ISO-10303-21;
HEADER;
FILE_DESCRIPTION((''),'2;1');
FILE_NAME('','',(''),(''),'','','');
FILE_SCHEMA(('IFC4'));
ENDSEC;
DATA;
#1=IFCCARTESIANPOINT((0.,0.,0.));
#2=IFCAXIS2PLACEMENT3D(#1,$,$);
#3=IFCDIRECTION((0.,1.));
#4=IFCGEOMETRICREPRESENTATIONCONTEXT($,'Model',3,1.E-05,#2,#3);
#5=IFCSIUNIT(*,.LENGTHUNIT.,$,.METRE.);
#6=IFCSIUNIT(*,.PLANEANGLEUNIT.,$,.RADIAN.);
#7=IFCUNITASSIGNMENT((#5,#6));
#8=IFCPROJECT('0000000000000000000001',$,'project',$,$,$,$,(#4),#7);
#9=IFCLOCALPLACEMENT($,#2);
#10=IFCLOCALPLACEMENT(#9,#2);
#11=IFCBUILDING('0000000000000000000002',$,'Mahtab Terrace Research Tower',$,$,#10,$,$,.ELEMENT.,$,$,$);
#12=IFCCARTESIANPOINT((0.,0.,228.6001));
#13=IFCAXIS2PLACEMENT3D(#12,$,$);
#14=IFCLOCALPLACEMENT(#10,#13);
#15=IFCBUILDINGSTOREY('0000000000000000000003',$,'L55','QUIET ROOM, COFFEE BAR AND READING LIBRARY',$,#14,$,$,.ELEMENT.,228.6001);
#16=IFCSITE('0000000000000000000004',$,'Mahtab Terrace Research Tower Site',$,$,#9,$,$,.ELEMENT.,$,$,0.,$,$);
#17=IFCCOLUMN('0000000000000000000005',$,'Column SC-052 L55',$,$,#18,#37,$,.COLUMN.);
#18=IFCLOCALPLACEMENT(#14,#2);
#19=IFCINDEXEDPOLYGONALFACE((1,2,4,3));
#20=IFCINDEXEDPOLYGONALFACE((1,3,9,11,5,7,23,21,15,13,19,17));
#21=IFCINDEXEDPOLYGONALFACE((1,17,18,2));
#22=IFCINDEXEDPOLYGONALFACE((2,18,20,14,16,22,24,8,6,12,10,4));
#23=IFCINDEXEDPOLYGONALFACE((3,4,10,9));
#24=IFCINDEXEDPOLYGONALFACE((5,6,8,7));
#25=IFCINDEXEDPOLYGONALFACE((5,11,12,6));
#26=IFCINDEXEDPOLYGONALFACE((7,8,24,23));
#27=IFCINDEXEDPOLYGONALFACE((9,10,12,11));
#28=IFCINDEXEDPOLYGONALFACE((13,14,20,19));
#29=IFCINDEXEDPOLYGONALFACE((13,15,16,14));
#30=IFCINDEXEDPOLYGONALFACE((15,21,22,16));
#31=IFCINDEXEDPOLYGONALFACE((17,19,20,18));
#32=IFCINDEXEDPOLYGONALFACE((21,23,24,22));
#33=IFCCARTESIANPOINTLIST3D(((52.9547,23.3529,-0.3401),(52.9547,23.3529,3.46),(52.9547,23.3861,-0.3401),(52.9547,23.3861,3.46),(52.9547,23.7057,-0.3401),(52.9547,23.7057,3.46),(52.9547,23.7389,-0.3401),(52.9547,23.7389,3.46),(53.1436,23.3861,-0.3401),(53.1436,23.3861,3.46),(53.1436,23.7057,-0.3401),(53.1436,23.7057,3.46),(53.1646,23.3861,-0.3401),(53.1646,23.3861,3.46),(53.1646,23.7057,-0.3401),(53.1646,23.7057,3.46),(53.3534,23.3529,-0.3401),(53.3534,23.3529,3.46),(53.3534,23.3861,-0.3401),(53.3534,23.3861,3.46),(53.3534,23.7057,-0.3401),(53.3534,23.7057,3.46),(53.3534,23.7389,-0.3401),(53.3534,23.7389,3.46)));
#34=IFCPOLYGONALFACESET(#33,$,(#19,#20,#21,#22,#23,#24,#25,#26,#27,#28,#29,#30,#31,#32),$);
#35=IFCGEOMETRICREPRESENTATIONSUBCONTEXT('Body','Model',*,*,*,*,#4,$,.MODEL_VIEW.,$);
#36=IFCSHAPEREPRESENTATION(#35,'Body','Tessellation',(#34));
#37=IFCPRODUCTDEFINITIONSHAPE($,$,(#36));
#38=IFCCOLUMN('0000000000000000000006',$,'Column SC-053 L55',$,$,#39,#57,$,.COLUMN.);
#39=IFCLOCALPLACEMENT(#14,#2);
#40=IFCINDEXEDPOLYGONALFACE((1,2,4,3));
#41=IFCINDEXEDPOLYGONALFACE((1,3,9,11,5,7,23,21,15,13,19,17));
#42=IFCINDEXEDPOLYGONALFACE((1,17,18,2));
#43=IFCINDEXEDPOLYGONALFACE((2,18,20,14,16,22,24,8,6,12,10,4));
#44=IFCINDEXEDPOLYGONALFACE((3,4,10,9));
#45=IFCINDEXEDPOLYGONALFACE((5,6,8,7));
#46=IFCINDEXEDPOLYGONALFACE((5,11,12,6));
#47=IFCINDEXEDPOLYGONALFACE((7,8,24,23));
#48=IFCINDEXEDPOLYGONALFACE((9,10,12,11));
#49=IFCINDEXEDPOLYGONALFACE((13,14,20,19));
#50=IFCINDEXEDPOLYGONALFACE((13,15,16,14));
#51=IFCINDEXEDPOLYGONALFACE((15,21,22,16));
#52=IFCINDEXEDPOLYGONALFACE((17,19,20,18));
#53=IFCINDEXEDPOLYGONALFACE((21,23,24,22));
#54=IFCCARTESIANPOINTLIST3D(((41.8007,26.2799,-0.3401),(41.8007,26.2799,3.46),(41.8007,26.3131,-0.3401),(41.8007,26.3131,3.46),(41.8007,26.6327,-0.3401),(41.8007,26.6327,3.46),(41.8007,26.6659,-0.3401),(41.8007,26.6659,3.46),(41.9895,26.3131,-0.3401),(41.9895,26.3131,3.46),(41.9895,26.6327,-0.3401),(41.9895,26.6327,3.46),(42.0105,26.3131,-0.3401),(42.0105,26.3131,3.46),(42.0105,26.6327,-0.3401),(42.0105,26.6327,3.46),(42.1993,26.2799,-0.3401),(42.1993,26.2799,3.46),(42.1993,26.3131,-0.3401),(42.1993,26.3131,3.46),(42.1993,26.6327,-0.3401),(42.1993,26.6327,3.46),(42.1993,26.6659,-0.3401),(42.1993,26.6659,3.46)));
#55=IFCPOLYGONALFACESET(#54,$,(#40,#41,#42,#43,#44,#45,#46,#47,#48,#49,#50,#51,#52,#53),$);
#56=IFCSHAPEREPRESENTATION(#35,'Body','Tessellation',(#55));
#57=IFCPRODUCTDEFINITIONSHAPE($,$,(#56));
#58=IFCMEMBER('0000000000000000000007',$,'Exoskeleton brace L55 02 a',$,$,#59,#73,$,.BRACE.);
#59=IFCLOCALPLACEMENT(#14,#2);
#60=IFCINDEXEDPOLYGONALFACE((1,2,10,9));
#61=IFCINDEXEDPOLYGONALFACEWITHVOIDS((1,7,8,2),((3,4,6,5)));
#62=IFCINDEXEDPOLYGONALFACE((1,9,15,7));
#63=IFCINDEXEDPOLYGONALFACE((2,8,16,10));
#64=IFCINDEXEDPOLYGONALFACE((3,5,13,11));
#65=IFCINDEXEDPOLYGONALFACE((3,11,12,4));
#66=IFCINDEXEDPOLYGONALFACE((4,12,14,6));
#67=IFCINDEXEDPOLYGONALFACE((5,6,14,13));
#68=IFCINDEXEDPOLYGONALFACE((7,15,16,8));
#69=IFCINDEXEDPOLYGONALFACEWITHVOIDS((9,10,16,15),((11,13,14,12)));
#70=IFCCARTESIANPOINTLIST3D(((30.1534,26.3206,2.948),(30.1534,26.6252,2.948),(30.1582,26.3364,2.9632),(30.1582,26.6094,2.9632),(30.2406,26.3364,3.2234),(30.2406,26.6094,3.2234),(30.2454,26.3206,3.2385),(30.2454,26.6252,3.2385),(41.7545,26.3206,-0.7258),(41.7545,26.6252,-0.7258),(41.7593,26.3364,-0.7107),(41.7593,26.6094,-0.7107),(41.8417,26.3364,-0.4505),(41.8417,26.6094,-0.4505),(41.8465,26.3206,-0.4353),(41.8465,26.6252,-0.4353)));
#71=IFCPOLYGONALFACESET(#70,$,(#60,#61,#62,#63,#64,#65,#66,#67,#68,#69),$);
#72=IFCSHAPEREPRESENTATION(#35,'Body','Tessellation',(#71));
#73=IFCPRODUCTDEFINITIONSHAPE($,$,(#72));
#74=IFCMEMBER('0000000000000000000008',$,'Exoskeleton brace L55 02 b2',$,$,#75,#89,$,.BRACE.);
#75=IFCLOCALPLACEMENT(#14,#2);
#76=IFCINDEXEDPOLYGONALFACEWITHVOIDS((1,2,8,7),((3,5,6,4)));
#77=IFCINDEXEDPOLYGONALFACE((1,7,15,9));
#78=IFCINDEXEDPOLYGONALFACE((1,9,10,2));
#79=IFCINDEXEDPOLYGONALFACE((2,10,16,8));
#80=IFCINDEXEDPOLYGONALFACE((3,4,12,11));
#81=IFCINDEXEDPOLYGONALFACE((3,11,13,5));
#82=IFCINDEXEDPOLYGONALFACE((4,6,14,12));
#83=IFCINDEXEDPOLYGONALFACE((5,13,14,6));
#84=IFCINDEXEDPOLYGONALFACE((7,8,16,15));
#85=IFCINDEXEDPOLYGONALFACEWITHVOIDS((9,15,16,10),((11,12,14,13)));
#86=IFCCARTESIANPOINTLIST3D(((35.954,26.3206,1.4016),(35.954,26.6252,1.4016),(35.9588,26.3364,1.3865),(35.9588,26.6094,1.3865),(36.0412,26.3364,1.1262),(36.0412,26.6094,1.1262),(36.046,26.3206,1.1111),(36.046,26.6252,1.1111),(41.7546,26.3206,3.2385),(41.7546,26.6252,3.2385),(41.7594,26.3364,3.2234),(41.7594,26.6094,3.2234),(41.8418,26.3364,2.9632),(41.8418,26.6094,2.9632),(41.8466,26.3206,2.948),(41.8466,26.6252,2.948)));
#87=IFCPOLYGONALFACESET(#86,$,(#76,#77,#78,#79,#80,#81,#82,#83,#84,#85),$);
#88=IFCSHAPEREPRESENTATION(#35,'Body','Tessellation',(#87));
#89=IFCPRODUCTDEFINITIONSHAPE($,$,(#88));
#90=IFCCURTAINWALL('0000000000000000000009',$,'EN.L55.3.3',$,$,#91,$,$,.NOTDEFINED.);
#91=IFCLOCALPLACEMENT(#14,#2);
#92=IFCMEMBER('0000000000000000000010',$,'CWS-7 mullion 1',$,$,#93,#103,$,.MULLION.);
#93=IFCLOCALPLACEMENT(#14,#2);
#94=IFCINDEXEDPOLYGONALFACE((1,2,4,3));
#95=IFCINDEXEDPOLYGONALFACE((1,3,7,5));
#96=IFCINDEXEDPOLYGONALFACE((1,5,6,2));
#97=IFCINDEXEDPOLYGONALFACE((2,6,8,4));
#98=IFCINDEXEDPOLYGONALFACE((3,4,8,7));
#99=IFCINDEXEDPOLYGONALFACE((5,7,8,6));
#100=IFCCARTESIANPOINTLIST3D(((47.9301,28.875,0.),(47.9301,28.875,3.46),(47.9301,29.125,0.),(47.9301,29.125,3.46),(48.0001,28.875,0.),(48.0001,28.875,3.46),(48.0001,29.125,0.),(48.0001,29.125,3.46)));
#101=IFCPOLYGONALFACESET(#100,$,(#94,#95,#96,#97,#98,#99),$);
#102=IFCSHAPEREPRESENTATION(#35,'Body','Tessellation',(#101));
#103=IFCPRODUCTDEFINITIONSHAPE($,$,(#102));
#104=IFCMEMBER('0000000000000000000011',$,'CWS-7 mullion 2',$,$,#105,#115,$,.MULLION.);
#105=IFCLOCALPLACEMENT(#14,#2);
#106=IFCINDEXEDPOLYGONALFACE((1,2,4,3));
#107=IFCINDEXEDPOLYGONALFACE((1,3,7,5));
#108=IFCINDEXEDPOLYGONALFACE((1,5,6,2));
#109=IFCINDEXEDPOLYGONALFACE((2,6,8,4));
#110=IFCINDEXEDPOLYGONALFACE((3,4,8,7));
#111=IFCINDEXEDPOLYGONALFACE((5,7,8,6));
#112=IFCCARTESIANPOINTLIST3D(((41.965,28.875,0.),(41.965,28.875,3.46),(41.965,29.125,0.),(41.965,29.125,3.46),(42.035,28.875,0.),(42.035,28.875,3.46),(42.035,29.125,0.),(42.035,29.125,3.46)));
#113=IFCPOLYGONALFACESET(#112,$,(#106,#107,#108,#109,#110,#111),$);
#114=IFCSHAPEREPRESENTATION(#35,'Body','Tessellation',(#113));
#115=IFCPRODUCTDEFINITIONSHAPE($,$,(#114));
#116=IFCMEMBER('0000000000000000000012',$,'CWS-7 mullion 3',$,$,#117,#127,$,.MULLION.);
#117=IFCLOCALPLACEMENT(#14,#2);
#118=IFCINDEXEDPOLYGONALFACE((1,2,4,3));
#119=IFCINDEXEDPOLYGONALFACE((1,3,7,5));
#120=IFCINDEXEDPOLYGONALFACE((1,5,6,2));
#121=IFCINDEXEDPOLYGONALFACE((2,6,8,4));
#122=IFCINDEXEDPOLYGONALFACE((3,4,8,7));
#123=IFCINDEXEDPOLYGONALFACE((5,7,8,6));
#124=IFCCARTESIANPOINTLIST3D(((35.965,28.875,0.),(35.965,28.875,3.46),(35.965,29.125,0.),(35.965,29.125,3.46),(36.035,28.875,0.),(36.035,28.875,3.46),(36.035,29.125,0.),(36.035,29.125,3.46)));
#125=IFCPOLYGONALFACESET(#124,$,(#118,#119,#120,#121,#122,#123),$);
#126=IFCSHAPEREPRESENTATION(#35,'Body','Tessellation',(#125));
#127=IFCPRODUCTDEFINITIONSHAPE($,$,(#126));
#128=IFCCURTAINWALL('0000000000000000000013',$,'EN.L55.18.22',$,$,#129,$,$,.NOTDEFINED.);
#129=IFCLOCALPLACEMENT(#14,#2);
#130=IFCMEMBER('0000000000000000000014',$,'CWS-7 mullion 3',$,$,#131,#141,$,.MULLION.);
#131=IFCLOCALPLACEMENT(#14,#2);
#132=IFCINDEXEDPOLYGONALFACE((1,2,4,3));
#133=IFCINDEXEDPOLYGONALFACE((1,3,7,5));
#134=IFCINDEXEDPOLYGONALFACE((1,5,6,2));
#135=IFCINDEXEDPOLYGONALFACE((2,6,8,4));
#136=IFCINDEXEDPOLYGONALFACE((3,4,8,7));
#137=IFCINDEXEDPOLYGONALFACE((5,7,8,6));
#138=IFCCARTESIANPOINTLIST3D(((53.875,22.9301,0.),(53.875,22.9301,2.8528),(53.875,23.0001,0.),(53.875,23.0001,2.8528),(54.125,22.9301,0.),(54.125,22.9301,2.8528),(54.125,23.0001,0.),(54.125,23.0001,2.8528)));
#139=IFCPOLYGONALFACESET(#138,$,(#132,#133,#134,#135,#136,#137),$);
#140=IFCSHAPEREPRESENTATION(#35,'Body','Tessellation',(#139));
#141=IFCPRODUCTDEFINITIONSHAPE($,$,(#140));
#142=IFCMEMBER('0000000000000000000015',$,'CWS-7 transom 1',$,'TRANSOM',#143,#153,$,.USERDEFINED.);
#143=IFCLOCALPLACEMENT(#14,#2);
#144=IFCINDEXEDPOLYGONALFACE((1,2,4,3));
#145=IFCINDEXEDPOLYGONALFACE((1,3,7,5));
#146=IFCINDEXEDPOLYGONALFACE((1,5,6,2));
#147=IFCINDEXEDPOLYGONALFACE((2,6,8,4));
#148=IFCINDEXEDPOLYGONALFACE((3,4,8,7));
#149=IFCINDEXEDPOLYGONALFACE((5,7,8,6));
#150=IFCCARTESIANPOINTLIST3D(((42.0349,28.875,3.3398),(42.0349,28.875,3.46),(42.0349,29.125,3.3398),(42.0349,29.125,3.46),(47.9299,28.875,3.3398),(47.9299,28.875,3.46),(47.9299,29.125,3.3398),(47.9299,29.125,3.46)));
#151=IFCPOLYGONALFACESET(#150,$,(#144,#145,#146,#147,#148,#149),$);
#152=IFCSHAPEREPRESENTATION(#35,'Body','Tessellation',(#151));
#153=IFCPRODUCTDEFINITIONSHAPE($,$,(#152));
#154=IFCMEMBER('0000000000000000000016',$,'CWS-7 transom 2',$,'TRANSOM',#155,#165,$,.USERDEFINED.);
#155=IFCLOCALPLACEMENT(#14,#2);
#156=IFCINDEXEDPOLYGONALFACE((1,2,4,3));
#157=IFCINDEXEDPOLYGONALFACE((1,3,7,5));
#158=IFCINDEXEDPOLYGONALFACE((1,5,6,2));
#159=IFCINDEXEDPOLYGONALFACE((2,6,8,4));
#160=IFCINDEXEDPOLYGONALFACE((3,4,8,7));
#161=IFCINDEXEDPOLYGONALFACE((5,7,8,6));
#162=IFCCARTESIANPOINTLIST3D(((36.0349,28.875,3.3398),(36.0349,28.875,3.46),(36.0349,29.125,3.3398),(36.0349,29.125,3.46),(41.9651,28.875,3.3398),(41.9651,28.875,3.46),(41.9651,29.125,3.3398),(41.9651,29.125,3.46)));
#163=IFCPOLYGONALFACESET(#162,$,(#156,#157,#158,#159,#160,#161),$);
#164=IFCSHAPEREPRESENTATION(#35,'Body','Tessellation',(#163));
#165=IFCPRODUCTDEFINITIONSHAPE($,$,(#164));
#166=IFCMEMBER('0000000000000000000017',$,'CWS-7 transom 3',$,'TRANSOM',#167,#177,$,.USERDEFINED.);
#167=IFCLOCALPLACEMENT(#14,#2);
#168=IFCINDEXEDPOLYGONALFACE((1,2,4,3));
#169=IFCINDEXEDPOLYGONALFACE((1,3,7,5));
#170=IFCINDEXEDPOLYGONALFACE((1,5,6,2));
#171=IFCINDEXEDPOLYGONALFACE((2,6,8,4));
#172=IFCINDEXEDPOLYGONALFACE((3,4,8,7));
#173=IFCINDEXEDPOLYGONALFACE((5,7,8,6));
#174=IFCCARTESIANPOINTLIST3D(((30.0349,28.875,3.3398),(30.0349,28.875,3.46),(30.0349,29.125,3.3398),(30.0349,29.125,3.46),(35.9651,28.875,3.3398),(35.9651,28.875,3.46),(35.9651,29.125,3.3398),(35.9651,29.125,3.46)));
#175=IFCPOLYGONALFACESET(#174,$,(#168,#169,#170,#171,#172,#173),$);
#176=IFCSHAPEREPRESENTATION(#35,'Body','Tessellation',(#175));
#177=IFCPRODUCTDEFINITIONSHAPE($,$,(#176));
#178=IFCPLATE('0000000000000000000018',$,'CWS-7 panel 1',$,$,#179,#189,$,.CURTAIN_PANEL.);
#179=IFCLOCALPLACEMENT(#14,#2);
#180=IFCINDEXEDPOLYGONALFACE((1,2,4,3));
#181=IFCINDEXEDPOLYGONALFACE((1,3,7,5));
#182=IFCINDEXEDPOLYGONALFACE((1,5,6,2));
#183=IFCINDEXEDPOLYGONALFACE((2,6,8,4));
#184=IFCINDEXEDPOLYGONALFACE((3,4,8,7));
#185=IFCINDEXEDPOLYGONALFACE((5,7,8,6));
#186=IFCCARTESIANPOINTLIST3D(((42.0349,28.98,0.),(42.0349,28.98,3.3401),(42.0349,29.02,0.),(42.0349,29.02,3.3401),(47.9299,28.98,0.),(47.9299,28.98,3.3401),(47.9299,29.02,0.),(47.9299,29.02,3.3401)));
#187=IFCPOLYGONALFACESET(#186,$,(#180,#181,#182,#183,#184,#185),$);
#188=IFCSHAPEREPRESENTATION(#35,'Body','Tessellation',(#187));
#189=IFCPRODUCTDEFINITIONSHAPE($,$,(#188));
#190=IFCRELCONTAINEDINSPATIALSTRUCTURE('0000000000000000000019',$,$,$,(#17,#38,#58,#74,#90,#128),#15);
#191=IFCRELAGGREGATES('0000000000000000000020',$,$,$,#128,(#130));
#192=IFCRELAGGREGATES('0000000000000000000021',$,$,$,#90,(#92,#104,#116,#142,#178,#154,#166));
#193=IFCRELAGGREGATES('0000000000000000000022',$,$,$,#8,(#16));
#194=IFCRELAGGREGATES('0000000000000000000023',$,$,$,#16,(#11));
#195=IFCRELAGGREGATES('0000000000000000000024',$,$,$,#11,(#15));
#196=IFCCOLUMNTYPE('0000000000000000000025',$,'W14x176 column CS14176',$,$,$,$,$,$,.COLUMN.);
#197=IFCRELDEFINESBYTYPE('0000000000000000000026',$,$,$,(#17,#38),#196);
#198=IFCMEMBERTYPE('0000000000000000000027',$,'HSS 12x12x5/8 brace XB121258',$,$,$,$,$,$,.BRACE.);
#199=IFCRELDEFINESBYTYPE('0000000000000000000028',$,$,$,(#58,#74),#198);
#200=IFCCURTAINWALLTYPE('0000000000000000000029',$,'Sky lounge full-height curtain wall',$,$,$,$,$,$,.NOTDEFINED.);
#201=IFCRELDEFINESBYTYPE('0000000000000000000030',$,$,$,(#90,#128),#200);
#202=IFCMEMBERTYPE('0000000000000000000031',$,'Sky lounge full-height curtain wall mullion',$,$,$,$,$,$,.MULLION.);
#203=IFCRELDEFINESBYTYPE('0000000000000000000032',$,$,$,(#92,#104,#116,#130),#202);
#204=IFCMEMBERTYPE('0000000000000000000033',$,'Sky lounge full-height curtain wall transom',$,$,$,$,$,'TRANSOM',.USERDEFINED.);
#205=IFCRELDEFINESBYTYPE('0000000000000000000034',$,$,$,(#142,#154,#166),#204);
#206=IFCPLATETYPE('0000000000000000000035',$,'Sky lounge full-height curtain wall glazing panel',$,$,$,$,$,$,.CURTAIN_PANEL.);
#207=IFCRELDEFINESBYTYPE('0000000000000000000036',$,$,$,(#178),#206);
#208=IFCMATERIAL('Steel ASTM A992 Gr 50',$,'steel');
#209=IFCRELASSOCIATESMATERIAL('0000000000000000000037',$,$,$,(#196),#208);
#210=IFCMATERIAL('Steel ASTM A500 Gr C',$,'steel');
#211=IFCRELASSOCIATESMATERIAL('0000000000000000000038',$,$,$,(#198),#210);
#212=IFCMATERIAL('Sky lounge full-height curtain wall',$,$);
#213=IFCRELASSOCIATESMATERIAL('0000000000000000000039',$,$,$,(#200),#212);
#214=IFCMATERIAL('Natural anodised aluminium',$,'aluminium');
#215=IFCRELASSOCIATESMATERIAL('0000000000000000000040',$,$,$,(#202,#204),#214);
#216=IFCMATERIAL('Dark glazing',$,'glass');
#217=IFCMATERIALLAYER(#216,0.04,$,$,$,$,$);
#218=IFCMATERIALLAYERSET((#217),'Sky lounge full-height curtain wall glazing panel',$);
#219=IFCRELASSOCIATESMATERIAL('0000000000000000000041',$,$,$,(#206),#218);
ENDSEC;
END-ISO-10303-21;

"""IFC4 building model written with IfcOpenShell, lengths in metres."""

from ifc_helpers import new_model, si_unit, direction, frame, origin, origin_2d, place, context, subcontext, project, spatial, rectangle, hollow_rectangle, i_section, extrude, material, layer, layer_set, material_profile, profile_set, type_object, element, aggregate, save


model = new_model("IFC4")

# Units and contexts
model_context = context("Model", 3, precision=1e-05, world=origin(), true_north=direction((0.0, 1.0)))
body_context = subcontext(model_context, "Body", "Model", "MODEL_VIEW")
ifc_project = project(units=[si_unit("LENGTHUNIT", "METRE"), si_unit("PLANEANGLEUNIT", "RADIAN")], contexts=[model_context])

# Site, building, storey
site_placement = place(None, origin())
site = spatial("IfcSite", under=ifc_project, at=site_placement, Name="Mahtab Terrace Research Tower Site", CompositionType="ELEMENT", RefElevation=0.0)
building_placement = place(site_placement, origin())
building = spatial("IfcBuilding", under=site, at=building_placement, Name="Mahtab Terrace Research Tower", CompositionType="ELEMENT")
storey_placement = place(building_placement, frame((0.0, 0.0, 228.6001)))
storey = spatial("IfcBuildingStorey", under=building, at=storey_placement, Name="L55", Description="QUIET ROOM, COFFEE BAR AND READING LIBRARY", CompositionType="ELEMENT", Elevation=228.6001)

# Columns
ifc_material_1 = material(Name="Steel ASTM A992 Gr 50", Category="steel")
ifc_material_profile_1 = material_profile(ifc_material_1, i_section(OverallWidth=0.3987, OverallDepth=0.386, WebThickness=0.021, FlangeThickness=0.0332, at=origin_2d()), Name="W14X176")
ifc_profile_set_1 = profile_set([ifc_material_profile_1], Name="Steel ASTM A992 Gr 50")
column_type = type_object("IfcColumnType", Name="W14x176 column CS14176", PredefinedType="COLUMN", material=ifc_profile_set_1)
for number, where, z_axis, x_axis, name in (
    (1, (53.1541, 23.5459, -0.3401), (0.0, 0.0, 1.0), (1.0, 0.0, 0.0), "Column SC-052 L55"),
    (2, (42.0, 26.4729, -0.3401), (0.0, 0.0, 1.0), (1.0, 0.0, 0.0), "Column SC-053 L55"),
):
    element("IfcColumn", number, at=place(storey_placement, frame(where, z_axis=z_axis, x_axis=x_axis)), inside=storey, type_object=column_type, Name=name, PredefinedType="COLUMN", context=body_context, shape_type="SweptSolid", body=[
        extrude(i_section(OverallWidth=0.3987, OverallDepth=0.386, WebThickness=0.021, FlangeThickness=0.0332, at=origin_2d()), origin(), (0.0, 0.0, 1.0), 3.8),
    ])

# Members
ifc_material_2 = material(Name="Steel ASTM A500 Gr C", Category="steel")
ifc_material_profile_2 = material_profile(ifc_material_2, hollow_rectangle(XDim=0.3047, YDim=0.3047, WallThickness=0.0159, at=origin_2d()), Name="HSS12X12X5/8")
ifc_profile_set_2 = profile_set([ifc_material_profile_2], Name="Steel ASTM A500 Gr C")
member_type_1 = type_object("IfcMemberType", Name="HSS 12x12x5/8 brace XB121258", PredefinedType="BRACE", material=ifc_profile_set_2)
member_1_placement = place(storey_placement, frame((41.8005, 26.4729, -0.5806), z_axis=(-0.953339, 0.0, 0.301903), x_axis=(0.0, -1.0, 0.0)))
element("IfcMember", 3, at=member_1_placement, inside=storey, type_object=member_type_1, Name="Exoskeleton brace L55 02 a", PredefinedType="BRACE", context=body_context, shape_type="SweptSolid", body=[
    extrude(hollow_rectangle(XDim=0.3047, YDim=0.3047, WallThickness=0.0159, at=origin_2d()), origin(), (0.0, 0.0, 1.0), 12.1689),
])
member_2_placement = place(storey_placement, frame((36.0, 26.4729, 1.2563), z_axis=(0.953339, 0.0, 0.301903), x_axis=(0.0, 1.0, 0.0)))
element("IfcMember", 4, at=member_2_placement, inside=storey, type_object=member_type_1, Name="Exoskeleton brace L55 02 b2", PredefinedType="BRACE", context=body_context, shape_type="SweptSolid", body=[
    extrude(hollow_rectangle(XDim=0.3047, YDim=0.3047, WallThickness=0.0159, at=origin_2d()), origin(), (0.0, 0.0, 1.0), 6.0845),
])

# Curtain wall, members
ifc_material_3 = material(Name="Sky lounge full-height curtain wall")
curtain_wall_type = type_object("IfcCurtainWallType", Name="Sky lounge full-height curtain wall", PredefinedType="NOTDEFINED", material=ifc_material_3)
curtain_wall_1_placement = place(storey_placement, origin())
curtain_wall_1 = element("IfcCurtainWall", 5, at=curtain_wall_1_placement, inside=storey, type_object=curtain_wall_type, Name="EN.L55.3.3", PredefinedType="NOTDEFINED")
ifc_material_4 = material(Name="Natural anodised aluminium", Category="aluminium")
ifc_material_profile_3 = material_profile(ifc_material_4, rectangle(XDim=0.25, YDim=0.0701, at=origin_2d()), Name="MULLION 70x250")
ifc_profile_set_3 = profile_set([ifc_material_profile_3], Name="Natural anodised aluminium")
member_type_2 = type_object("IfcMemberType", Name="Sky lounge full-height curtain wall mullion", PredefinedType="MULLION", material=ifc_profile_set_3)
member_3_placement = place(storey_placement, frame((47.9651, 29.0, 0.0), z_axis=(0.0, 0.0, 1.0), x_axis=(0.0, -1.0, 0.0)))
member_3 = element("IfcMember", 6, at=member_3_placement, type_object=member_type_2, Name="CWS-7 mullion 1", PredefinedType="MULLION", context=body_context, shape_type="SweptSolid", body=[
    extrude(rectangle(XDim=0.25, YDim=0.0701, at=origin_2d()), origin(), (0.0, 0.0, 1.0), 3.46),
])
member_4_placement = place(storey_placement, frame((42.0, 29.0, 0.0), z_axis=(0.0, 0.0, 1.0), x_axis=(0.0, -1.0, 0.0)))
member_4 = element("IfcMember", 7, at=member_4_placement, type_object=member_type_2, Name="CWS-7 mullion 2", PredefinedType="MULLION", context=body_context, shape_type="SweptSolid", body=[
    extrude(rectangle(XDim=0.25, YDim=0.0701, at=origin_2d()), origin(), (0.0, 0.0, 1.0), 3.46),
])
member_5_placement = place(storey_placement, frame((36.0, 29.0, 0.0), z_axis=(0.0, 0.0, 1.0), x_axis=(0.0, -1.0, 0.0)))
member_5 = element("IfcMember", 8, at=member_5_placement, type_object=member_type_2, Name="CWS-7 mullion 3", PredefinedType="MULLION", context=body_context, shape_type="SweptSolid", body=[
    extrude(rectangle(XDim=0.25, YDim=0.0701, at=origin_2d()), origin(), (0.0, 0.0, 1.0), 3.46),
])

# Curtain wall, member
curtain_wall_2_placement = place(storey_placement, origin())
curtain_wall_2 = element("IfcCurtainWall", 9, at=curtain_wall_2_placement, inside=storey, type_object=curtain_wall_type, Name="EN.L55.18.22", PredefinedType="NOTDEFINED")
member_6_placement = place(storey_placement, frame((54.0, 22.9651, 0.0), z_axis=(0.0, 0.0, 1.0), x_axis=(-1.0, 0.0, 0.0)))
member_6 = element("IfcMember", 10, at=member_6_placement, type_object=member_type_2, Name="CWS-7 mullion 3", PredefinedType="MULLION", context=body_context, shape_type="SweptSolid", body=[
    extrude(rectangle(XDim=0.25, YDim=0.0701, at=origin_2d()), origin(), (0.0, 0.0, 1.0), 2.8528),
])
aggregate(curtain_wall_2, [member_6])

# Members
ifc_material_profile_4 = material_profile(ifc_material_4, rectangle(XDim=0.25, YDim=0.1201, at=origin_2d()), Name="TRANSOM 120x250")
ifc_profile_set_4 = profile_set([ifc_material_profile_4], Name="Natural anodised aluminium")
member_type_3 = type_object("IfcMemberType", Name="Sky lounge full-height curtain wall transom", ElementType="TRANSOM", PredefinedType="USERDEFINED", material=ifc_profile_set_4)
member_7_placement = place(storey_placement, frame((47.9299, 29.0, 3.3999), z_axis=(-1.0, 0.0, 0.0), x_axis=(0.0, -1.0, 0.0)))
member_7 = element("IfcMember", 11, at=member_7_placement, type_object=member_type_3, Name="CWS-7 transom 1", ObjectType="TRANSOM", PredefinedType="USERDEFINED", context=body_context, shape_type="SweptSolid", body=[
    extrude(rectangle(XDim=0.25, YDim=0.1201, at=origin_2d()), origin(), (0.0, 0.0, 1.0), 5.895),
])
member_8_placement = place(storey_placement, frame((41.9651, 29.0, 3.3999), z_axis=(-1.0, 0.0, 0.0), x_axis=(0.0, -1.0, 0.0)))
member_8 = element("IfcMember", 12, at=member_8_placement, type_object=member_type_3, Name="CWS-7 transom 2", ObjectType="TRANSOM", PredefinedType="USERDEFINED", context=body_context, shape_type="SweptSolid", body=[
    extrude(rectangle(XDim=0.25, YDim=0.1201, at=origin_2d()), origin(), (0.0, 0.0, 1.0), 5.9302),
])
member_9_placement = place(storey_placement, frame((35.9651, 29.0, 3.3999), z_axis=(-1.0, 0.0, 0.0), x_axis=(0.0, -1.0, 0.0)))
member_9 = element("IfcMember", 13, at=member_9_placement, type_object=member_type_3, Name="CWS-7 transom 3", ObjectType="TRANSOM", PredefinedType="USERDEFINED", context=body_context, shape_type="SweptSolid", body=[
    extrude(rectangle(XDim=0.25, YDim=0.1201, at=origin_2d()), origin(), (0.0, 0.0, 1.0), 5.9302),
])

# Plate
ifc_material_5 = material(Name="Dark glazing", Category="glass")
ifc_layer_1 = layer(ifc_material_5, 0.04)
ifc_layer_set_1 = layer_set([ifc_layer_1], Name="Sky lounge full-height curtain wall glazing panel")
plate_type = type_object("IfcPlateType", Name="Sky lounge full-height curtain wall glazing panel", PredefinedType="CURTAIN_PANEL", material=ifc_layer_set_1)
plate_1_placement = place(storey_placement, frame((44.9824, 29.0, 0.0), z_axis=(0.0, 0.0, 1.0), x_axis=(-1.0, 0.0, 0.0)))
plate_1 = element("IfcPlate", 14, at=plate_1_placement, type_object=plate_type, Name="CWS-7 panel 1", PredefinedType="CURTAIN_PANEL", context=body_context, shape_type="SweptSolid", body=[
    extrude(rectangle(XDim=5.895, YDim=0.04, at=origin_2d()), origin(), (0.0, 0.0, 1.0), 3.3401),
])
aggregate(curtain_wall_1, [member_3, member_4, member_5, member_7, plate_1, member_8, member_9])

save(model, "model.ifc")
